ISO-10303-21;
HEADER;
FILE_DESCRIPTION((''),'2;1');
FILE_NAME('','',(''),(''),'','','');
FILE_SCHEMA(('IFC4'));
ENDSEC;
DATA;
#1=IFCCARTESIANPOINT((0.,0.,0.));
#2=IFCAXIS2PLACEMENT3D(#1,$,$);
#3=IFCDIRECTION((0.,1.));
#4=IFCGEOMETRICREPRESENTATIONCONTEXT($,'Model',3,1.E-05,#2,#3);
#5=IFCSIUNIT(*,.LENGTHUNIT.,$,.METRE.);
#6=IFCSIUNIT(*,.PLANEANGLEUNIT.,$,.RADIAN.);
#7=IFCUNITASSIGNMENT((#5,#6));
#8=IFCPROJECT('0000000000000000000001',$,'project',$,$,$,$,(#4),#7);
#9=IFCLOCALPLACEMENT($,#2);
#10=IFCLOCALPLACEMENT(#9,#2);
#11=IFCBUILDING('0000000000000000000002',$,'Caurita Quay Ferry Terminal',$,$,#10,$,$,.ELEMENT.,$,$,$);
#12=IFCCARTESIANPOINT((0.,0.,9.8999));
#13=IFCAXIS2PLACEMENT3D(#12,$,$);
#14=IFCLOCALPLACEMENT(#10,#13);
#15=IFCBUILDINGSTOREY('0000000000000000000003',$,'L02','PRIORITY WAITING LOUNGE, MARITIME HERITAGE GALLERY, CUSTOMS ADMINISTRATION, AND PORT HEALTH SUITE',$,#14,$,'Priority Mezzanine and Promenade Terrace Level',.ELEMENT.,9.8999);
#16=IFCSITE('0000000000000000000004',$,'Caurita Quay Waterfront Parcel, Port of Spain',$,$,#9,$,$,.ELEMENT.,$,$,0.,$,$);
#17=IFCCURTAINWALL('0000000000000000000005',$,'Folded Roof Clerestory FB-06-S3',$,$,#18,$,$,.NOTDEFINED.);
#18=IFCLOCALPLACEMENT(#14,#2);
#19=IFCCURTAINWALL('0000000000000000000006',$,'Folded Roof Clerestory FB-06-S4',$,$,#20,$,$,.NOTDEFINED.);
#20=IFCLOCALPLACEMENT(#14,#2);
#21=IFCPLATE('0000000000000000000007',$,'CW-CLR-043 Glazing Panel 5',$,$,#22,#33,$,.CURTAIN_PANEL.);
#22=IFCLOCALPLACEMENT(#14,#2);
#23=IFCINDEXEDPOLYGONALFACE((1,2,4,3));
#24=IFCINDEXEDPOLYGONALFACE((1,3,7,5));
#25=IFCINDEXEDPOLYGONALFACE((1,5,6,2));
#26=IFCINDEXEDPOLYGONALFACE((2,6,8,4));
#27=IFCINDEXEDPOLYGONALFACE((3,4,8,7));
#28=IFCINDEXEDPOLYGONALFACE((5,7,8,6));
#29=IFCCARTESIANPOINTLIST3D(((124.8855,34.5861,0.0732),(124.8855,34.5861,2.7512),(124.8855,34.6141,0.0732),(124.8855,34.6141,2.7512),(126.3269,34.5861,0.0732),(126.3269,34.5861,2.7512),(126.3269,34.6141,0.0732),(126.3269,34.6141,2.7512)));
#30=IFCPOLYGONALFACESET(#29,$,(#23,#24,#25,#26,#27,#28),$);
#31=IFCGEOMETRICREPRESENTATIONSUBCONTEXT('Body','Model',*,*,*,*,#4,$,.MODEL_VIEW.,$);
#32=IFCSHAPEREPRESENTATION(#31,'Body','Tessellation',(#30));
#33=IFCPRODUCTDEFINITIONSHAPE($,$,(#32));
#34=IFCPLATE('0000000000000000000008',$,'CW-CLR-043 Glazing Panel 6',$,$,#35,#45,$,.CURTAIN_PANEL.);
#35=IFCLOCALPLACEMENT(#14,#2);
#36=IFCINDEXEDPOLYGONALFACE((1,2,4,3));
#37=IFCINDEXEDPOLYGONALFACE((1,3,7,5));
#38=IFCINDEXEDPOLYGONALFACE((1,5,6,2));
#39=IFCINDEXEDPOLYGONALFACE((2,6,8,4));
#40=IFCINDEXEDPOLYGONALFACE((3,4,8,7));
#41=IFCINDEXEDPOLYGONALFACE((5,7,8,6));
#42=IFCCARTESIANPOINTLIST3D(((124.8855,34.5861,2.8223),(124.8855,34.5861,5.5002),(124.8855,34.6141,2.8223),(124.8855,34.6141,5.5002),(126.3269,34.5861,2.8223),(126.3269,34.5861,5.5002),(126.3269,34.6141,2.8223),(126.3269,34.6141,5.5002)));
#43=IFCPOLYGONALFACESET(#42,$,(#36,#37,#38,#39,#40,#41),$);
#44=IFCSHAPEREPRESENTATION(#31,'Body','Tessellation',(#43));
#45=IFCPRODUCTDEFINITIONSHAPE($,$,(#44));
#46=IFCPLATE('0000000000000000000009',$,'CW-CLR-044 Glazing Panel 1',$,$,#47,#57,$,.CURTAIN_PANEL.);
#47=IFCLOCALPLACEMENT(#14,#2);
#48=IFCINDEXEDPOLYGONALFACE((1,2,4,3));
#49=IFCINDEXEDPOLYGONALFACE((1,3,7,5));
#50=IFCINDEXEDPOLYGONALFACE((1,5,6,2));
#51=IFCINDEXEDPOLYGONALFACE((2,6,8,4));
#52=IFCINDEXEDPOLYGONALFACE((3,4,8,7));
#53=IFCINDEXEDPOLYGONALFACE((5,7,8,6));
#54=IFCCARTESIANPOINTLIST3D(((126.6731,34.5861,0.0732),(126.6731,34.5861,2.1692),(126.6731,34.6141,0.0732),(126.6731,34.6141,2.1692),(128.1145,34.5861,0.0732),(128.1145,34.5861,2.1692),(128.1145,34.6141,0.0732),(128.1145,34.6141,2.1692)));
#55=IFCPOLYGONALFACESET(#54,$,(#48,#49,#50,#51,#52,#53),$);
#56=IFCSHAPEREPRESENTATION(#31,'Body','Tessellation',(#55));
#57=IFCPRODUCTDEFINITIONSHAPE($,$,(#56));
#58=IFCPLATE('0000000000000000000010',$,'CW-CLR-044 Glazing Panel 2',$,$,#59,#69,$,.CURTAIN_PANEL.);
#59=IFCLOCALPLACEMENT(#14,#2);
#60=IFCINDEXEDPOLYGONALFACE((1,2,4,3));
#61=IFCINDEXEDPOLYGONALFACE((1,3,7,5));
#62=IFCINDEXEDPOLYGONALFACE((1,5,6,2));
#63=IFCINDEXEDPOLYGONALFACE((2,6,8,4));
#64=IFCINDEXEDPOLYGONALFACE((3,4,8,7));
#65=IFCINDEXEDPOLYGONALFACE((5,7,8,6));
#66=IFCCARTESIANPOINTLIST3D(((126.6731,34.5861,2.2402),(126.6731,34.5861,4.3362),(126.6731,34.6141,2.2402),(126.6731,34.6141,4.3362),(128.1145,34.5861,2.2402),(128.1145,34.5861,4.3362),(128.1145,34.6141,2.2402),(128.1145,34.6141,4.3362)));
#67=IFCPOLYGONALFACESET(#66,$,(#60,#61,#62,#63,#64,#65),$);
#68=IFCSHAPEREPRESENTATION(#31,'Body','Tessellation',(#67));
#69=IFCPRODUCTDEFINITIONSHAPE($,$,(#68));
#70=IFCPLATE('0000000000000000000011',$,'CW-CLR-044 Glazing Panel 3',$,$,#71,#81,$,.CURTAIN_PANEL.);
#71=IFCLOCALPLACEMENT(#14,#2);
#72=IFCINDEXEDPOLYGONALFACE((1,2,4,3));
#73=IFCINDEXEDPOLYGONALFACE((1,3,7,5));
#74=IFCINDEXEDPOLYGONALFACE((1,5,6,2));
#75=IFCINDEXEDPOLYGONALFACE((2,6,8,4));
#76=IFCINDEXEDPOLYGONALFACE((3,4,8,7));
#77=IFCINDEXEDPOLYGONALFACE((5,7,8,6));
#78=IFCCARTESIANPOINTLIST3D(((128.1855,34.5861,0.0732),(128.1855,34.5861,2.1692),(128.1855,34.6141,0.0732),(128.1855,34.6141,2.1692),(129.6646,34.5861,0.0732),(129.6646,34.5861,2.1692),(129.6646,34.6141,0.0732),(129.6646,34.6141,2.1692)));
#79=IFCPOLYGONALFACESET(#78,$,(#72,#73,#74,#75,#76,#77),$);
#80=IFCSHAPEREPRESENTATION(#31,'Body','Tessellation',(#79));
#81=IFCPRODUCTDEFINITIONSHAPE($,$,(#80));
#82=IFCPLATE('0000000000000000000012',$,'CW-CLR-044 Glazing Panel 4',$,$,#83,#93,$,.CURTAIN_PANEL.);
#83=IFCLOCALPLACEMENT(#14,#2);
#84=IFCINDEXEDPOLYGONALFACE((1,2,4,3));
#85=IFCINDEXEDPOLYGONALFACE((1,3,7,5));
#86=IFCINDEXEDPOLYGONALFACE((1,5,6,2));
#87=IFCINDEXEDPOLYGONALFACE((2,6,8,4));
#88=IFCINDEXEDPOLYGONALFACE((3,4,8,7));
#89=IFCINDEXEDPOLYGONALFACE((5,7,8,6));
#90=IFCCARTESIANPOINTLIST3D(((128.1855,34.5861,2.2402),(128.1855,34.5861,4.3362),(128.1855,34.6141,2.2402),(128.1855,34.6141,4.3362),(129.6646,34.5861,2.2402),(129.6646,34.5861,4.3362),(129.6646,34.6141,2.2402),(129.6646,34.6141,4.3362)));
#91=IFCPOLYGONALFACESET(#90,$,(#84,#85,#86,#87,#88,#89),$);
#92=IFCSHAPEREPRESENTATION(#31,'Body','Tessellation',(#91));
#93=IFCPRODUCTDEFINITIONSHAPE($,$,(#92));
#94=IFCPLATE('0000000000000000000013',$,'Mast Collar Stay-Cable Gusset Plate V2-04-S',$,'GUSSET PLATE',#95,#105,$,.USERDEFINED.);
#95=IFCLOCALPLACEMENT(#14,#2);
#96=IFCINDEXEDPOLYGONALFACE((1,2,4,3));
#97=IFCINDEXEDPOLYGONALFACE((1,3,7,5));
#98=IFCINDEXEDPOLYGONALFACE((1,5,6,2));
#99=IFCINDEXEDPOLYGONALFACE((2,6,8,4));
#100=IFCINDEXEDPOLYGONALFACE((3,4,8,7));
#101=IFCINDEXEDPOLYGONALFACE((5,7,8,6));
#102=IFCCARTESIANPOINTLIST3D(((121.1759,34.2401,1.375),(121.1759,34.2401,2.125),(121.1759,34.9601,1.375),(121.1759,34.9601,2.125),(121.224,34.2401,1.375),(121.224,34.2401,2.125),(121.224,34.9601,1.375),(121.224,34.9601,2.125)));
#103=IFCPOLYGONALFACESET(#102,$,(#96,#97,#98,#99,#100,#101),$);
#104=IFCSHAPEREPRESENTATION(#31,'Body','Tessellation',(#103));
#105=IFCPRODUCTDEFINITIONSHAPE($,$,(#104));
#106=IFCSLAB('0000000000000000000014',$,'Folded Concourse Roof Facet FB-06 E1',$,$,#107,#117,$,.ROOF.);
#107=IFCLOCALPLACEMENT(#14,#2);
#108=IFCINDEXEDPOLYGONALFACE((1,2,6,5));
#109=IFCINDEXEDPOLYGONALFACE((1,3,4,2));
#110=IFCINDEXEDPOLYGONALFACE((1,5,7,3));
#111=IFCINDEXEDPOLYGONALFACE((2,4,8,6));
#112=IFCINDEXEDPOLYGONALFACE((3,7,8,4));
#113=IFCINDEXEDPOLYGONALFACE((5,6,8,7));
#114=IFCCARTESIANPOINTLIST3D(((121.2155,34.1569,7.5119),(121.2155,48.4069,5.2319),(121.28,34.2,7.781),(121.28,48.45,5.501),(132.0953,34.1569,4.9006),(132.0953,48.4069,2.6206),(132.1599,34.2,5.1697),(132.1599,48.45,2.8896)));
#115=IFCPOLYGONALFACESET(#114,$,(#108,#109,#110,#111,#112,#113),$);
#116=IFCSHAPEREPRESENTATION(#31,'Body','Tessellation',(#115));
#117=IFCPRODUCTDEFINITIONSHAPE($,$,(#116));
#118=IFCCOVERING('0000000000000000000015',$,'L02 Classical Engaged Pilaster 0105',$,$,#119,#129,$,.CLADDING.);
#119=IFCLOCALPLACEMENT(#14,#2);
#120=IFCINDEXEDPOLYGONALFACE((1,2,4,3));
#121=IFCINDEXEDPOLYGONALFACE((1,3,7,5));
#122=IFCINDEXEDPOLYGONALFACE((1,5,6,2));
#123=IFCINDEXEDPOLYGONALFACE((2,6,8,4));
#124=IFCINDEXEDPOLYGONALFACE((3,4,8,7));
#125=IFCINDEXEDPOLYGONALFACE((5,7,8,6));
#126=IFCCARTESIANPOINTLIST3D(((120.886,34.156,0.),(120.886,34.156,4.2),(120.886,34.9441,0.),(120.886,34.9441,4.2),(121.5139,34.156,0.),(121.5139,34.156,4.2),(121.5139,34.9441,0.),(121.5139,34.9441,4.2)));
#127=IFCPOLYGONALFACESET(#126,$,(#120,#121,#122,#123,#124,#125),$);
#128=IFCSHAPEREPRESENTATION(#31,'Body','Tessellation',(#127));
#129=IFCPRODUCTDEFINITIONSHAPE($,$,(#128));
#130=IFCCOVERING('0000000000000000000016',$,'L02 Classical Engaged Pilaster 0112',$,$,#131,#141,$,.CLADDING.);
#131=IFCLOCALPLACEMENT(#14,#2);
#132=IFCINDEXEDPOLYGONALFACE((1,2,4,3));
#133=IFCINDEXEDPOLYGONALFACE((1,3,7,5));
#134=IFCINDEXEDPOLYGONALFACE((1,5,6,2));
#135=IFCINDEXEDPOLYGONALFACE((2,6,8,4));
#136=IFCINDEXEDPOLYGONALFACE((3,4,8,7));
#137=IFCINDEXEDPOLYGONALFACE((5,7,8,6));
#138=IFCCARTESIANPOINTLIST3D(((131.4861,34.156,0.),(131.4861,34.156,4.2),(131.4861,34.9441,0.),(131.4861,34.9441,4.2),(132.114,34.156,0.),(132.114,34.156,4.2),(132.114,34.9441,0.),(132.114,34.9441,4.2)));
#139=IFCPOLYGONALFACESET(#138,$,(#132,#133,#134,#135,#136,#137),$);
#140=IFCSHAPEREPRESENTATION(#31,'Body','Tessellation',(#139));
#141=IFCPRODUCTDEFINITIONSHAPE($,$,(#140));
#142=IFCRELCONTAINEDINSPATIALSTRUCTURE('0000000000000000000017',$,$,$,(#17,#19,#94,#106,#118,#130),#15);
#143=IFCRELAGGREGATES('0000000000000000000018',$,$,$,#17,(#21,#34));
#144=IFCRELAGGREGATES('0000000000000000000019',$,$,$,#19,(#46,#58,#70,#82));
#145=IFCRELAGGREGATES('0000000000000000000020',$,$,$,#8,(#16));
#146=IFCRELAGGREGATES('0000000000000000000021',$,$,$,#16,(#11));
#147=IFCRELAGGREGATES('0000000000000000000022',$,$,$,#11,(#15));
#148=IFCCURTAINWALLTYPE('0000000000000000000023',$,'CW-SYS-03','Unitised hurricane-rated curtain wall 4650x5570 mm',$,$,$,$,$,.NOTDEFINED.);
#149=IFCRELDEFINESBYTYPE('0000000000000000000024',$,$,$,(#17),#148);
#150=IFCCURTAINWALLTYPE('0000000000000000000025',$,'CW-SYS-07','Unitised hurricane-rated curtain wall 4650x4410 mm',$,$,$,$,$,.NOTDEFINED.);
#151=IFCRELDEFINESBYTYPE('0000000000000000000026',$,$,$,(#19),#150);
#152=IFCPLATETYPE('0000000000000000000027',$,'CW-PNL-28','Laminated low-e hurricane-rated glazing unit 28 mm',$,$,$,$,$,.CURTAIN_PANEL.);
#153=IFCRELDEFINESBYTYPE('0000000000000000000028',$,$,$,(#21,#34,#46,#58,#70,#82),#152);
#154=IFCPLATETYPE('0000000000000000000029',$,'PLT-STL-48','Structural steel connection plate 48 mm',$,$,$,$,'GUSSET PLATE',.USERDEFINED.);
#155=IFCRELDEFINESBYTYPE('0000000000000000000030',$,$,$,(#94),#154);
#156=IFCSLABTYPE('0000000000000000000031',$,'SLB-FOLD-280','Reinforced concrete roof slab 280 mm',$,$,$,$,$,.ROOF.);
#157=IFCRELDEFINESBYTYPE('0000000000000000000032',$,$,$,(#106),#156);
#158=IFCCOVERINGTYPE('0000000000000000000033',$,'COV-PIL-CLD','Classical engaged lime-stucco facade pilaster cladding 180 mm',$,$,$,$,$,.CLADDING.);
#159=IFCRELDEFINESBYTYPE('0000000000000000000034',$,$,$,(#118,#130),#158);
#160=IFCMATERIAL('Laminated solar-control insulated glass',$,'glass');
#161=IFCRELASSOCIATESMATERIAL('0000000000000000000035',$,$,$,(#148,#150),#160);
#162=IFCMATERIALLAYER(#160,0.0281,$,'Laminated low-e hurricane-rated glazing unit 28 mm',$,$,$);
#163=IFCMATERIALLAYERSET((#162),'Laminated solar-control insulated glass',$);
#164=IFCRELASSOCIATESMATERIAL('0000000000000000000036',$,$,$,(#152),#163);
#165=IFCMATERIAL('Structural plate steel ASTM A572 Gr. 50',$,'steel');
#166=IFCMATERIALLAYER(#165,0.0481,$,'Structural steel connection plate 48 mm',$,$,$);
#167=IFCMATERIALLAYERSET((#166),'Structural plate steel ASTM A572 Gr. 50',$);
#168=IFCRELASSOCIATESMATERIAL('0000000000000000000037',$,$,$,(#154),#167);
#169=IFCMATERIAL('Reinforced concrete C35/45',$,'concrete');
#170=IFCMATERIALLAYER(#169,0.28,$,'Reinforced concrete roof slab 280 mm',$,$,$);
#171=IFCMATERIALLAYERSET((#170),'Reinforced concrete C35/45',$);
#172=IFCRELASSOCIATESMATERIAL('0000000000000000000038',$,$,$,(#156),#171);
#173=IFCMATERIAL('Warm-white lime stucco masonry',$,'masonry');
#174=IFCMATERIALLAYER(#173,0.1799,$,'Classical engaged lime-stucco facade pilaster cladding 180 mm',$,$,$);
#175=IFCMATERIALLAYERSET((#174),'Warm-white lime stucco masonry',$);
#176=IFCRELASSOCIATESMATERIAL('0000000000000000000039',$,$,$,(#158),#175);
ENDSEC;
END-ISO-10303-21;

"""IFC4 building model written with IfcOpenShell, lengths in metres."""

from ifc_helpers import new_model, si_unit, direction, frame, origin, origin_2d, place, context, subcontext, project, spatial, polyline, rectangle, outline, extrude, material, layer, layer_set, type_object, element, aggregate, save


model = new_model("IFC4")

# Units and contexts
model_context = context("Model", 3, precision=1e-05, world=origin(), true_north=direction((0.0, 1.0)))
body_context = subcontext(model_context, "Body", "Model", "MODEL_VIEW")
ifc_project = project(units=[si_unit("LENGTHUNIT", "METRE"), si_unit("PLANEANGLEUNIT", "RADIAN")], contexts=[model_context])

# Site, building, storey
site_placement = place(None, origin())
site = spatial("IfcSite", under=ifc_project, at=site_placement, Name="Caurita Quay Waterfront Parcel, Port of Spain", CompositionType="ELEMENT", RefElevation=0.0)
building_placement = place(site_placement, origin())
building = spatial("IfcBuilding", under=site, at=building_placement, Name="Caurita Quay Ferry Terminal", CompositionType="ELEMENT")
storey_placement = place(building_placement, frame((0.0, 0.0, 9.8999)))
storey = spatial("IfcBuildingStorey", under=building, at=storey_placement, Name="L02", Description="PRIORITY WAITING LOUNGE, MARITIME HERITAGE GALLERY, CUSTOMS ADMINISTRATION, AND PORT HEALTH SUITE", LongName="Priority Mezzanine and Promenade Terrace Level", CompositionType="ELEMENT", Elevation=9.8999)

# Shared definitions
ifc_material_1 = material(Name="Laminated solar-control insulated glass", Category="glass")

# Curtain walls
curtain_wall_type_1 = type_object("IfcCurtainWallType", Name="CW-SYS-03", Description="Unitised hurricane-rated curtain wall 4650x5570 mm", PredefinedType="NOTDEFINED", material=ifc_material_1)
curtain_wall_1_placement = place(storey_placement, origin())
curtain_wall_1 = element("IfcCurtainWall", 1, at=curtain_wall_1_placement, inside=storey, type_object=curtain_wall_type_1, Name="Folded Roof Clerestory FB-06-S3", PredefinedType="NOTDEFINED")
curtain_wall_type_2 = type_object("IfcCurtainWallType", Name="CW-SYS-07", Description="Unitised hurricane-rated curtain wall 4650x4410 mm", PredefinedType="NOTDEFINED", material=ifc_material_1)
curtain_wall_2_placement = place(storey_placement, origin())
curtain_wall_2 = element("IfcCurtainWall", 2, at=curtain_wall_2_placement, inside=storey, type_object=curtain_wall_type_2, Name="Folded Roof Clerestory FB-06-S4", PredefinedType="NOTDEFINED")

# Plates
ifc_layer_1 = layer(ifc_material_1, 0.0281, Name="Laminated low-e hurricane-rated glazing unit 28 mm")
ifc_layer_set_1 = layer_set([ifc_layer_1], Name="Laminated solar-control insulated glass")
plate_type_1 = type_object("IfcPlateType", Name="CW-PNL-28", Description="Laminated low-e hurricane-rated glazing unit 28 mm", PredefinedType="CURTAIN_PANEL", material=ifc_layer_set_1)
plate_1_placement = place(storey_placement, frame((125.6062, 34.6001, 0.0732), z_axis=(0.0, 0.0, 1.0), x_axis=(1.0, 0.0, 0.0)))
plate_1 = element("IfcPlate", 3, at=plate_1_placement, type_object=plate_type_1, Name="CW-CLR-043 Glazing Panel 5", PredefinedType="CURTAIN_PANEL", context=body_context, shape_type="SweptSolid", body=[
    extrude(rectangle(XDim=1.4414, YDim=0.0281, at=origin_2d()), origin(), (0.0, 0.0, 1.0), 2.678),
])
plate_2_placement = place(storey_placement, frame((125.6062, 34.6001, 2.8223), z_axis=(0.0, 0.0, 1.0), x_axis=(1.0, 0.0, 0.0)))
plate_2 = element("IfcPlate", 4, at=plate_2_placement, type_object=plate_type_1, Name="CW-CLR-043 Glazing Panel 6", PredefinedType="CURTAIN_PANEL", context=body_context, shape_type="SweptSolid", body=[
    extrude(rectangle(XDim=1.4414, YDim=0.0281, at=origin_2d()), origin(), (0.0, 0.0, 1.0), 2.678),
])
aggregate(curtain_wall_1, [plate_1, plate_2])
plate_3_placement = place(storey_placement, frame((127.3938, 34.6001, 0.0732), z_axis=(0.0, 0.0, 1.0), x_axis=(1.0, 0.0, 0.0)))
plate_3 = element("IfcPlate", 5, at=plate_3_placement, type_object=plate_type_1, Name="CW-CLR-044 Glazing Panel 1", PredefinedType="CURTAIN_PANEL", context=body_context, shape_type="SweptSolid", body=[
    extrude(rectangle(XDim=1.4414, YDim=0.0281, at=origin_2d()), origin(), (0.0, 0.0, 1.0), 2.0959),
])
plate_4_placement = place(storey_placement, frame((127.3938, 34.6001, 2.2402), z_axis=(0.0, 0.0, 1.0), x_axis=(1.0, 0.0, 0.0)))
plate_4 = element("IfcPlate", 6, at=plate_4_placement, type_object=plate_type_1, Name="CW-CLR-044 Glazing Panel 2", PredefinedType="CURTAIN_PANEL", context=body_context, shape_type="SweptSolid", body=[
    extrude(rectangle(XDim=1.4414, YDim=0.0281, at=origin_2d()), origin(), (0.0, 0.0, 1.0), 2.0959),
])
plate_5_placement = place(storey_placement, frame((128.925, 34.6001, 0.0732), z_axis=(0.0, 0.0, 1.0), x_axis=(1.0, 0.0, 0.0)))
plate_5 = element("IfcPlate", 7, at=plate_5_placement, type_object=plate_type_1, Name="CW-CLR-044 Glazing Panel 3", PredefinedType="CURTAIN_PANEL", context=body_context, shape_type="SweptSolid", body=[
    extrude(rectangle(XDim=1.479, YDim=0.0281, at=origin_2d()), origin(), (0.0, 0.0, 1.0), 2.0959),
])
plate_6_placement = place(storey_placement, frame((128.925, 34.6001, 2.2402), z_axis=(0.0, 0.0, 1.0), x_axis=(1.0, 0.0, 0.0)))
plate_6 = element("IfcPlate", 8, at=plate_6_placement, type_object=plate_type_1, Name="CW-CLR-044 Glazing Panel 4", PredefinedType="CURTAIN_PANEL", context=body_context, shape_type="SweptSolid", body=[
    extrude(rectangle(XDim=1.479, YDim=0.0281, at=origin_2d()), origin(), (0.0, 0.0, 1.0), 2.0959),
])
aggregate(curtain_wall_2, [plate_3, plate_4, plate_5, plate_6])
ifc_material_2 = material(Name="Structural plate steel ASTM A572 Gr. 50", Category="steel")
ifc_layer_2 = layer(ifc_material_2, 0.0481, Name="Structural steel connection plate 48 mm")
ifc_layer_set_2 = layer_set([ifc_layer_2], Name="Structural plate steel ASTM A572 Gr. 50")
plate_type_2 = type_object("IfcPlateType", Name="PLT-STL-48", Description="Structural steel connection plate 48 mm", ElementType="GUSSET PLATE", PredefinedType="USERDEFINED", material=ifc_layer_set_2)
plate_7_placement = place(storey_placement, frame((121.2, 34.6001, 1.375), z_axis=(0.0, 0.0, 1.0), x_axis=(1.0, 0.0, 0.0)))
element("IfcPlate", 9, at=plate_7_placement, inside=storey, type_object=plate_type_2, Name="Mast Collar Stay-Cable Gusset Plate V2-04-S", ObjectType="GUSSET PLATE", PredefinedType="USERDEFINED", context=body_context, shape_type="SweptSolid", body=[
    extrude(rectangle(XDim=0.0481, YDim=0.72, at=origin_2d()), origin(), (0.0, 0.0, 1.0), 0.75),
])

# Slab
ifc_material_3 = material(Name="Reinforced concrete C35/45", Category="concrete")
ifc_layer_3 = layer(ifc_material_3, 0.28, Name="Reinforced concrete roof slab 280 mm")
ifc_layer_set_3 = layer_set([ifc_layer_3], Name="Reinforced concrete C35/45")
slab_type = type_object("IfcSlabType", Name="SLB-FOLD-280", Description="Reinforced concrete roof slab 280 mm", PredefinedType="ROOF", material=ifc_layer_set_3)
slab_placement = place(storey_placement, frame((121.28, 34.2, 7.781), z_axis=(0.230612, 0.153734, 0.960825), x_axis=(0.972384, 0.0, -0.233386)))
element("IfcSlab", 10, at=slab_placement, inside=storey, type_object=slab_type, Name="Folded Concourse Roof Facet FB-06 E1", PredefinedType="ROOF", context=body_context, shape_type="SweptSolid", body=[
    extrude(outline(polyline([(0.0, 0.0), (11.1889, 0.0), (11.721, 14.4214), (0.5321, 14.4214), (0.0, 0.0)])), origin(), (0.0, 0.0, -1.0), 0.28),
])

# Coverings
ifc_material_4 = material(Name="Warm-white lime stucco masonry", Category="masonry")
ifc_layer_4 = layer(ifc_material_4, 0.1799, Name="Classical engaged lime-stucco facade pilaster cladding 180 mm")
ifc_layer_set_4 = layer_set([ifc_layer_4], Name="Warm-white lime stucco masonry")
covering_type = type_object("IfcCoveringType", Name="COV-PIL-CLD", Description="Classical engaged lime-stucco facade pilaster cladding 180 mm", PredefinedType="CLADDING", material=ifc_layer_set_4)
for number, where, z_axis, x_axis, name in (
    (11, (121.2, 34.55, 0.0), (0.0, 0.0, 1.0), (1.0, 0.0, 0.0), "L02 Classical Engaged Pilaster 0105"),
    (12, (131.8, 34.55, 0.0), (0.0, 0.0, 1.0), (1.0, 0.0, 0.0), "L02 Classical Engaged Pilaster 0112"),
):
    element("IfcCovering", number, at=place(storey_placement, frame(where, z_axis=z_axis, x_axis=x_axis)), inside=storey, type_object=covering_type, Name=name, PredefinedType="CLADDING", context=body_context, shape_type="SweptSolid", body=[
        extrude(rectangle(XDim=0.6279, YDim=0.7881, at=origin_2d()), origin(), (0.0, 0.0, 1.0), 4.2),
    ])

save(model, "model.ifc")
